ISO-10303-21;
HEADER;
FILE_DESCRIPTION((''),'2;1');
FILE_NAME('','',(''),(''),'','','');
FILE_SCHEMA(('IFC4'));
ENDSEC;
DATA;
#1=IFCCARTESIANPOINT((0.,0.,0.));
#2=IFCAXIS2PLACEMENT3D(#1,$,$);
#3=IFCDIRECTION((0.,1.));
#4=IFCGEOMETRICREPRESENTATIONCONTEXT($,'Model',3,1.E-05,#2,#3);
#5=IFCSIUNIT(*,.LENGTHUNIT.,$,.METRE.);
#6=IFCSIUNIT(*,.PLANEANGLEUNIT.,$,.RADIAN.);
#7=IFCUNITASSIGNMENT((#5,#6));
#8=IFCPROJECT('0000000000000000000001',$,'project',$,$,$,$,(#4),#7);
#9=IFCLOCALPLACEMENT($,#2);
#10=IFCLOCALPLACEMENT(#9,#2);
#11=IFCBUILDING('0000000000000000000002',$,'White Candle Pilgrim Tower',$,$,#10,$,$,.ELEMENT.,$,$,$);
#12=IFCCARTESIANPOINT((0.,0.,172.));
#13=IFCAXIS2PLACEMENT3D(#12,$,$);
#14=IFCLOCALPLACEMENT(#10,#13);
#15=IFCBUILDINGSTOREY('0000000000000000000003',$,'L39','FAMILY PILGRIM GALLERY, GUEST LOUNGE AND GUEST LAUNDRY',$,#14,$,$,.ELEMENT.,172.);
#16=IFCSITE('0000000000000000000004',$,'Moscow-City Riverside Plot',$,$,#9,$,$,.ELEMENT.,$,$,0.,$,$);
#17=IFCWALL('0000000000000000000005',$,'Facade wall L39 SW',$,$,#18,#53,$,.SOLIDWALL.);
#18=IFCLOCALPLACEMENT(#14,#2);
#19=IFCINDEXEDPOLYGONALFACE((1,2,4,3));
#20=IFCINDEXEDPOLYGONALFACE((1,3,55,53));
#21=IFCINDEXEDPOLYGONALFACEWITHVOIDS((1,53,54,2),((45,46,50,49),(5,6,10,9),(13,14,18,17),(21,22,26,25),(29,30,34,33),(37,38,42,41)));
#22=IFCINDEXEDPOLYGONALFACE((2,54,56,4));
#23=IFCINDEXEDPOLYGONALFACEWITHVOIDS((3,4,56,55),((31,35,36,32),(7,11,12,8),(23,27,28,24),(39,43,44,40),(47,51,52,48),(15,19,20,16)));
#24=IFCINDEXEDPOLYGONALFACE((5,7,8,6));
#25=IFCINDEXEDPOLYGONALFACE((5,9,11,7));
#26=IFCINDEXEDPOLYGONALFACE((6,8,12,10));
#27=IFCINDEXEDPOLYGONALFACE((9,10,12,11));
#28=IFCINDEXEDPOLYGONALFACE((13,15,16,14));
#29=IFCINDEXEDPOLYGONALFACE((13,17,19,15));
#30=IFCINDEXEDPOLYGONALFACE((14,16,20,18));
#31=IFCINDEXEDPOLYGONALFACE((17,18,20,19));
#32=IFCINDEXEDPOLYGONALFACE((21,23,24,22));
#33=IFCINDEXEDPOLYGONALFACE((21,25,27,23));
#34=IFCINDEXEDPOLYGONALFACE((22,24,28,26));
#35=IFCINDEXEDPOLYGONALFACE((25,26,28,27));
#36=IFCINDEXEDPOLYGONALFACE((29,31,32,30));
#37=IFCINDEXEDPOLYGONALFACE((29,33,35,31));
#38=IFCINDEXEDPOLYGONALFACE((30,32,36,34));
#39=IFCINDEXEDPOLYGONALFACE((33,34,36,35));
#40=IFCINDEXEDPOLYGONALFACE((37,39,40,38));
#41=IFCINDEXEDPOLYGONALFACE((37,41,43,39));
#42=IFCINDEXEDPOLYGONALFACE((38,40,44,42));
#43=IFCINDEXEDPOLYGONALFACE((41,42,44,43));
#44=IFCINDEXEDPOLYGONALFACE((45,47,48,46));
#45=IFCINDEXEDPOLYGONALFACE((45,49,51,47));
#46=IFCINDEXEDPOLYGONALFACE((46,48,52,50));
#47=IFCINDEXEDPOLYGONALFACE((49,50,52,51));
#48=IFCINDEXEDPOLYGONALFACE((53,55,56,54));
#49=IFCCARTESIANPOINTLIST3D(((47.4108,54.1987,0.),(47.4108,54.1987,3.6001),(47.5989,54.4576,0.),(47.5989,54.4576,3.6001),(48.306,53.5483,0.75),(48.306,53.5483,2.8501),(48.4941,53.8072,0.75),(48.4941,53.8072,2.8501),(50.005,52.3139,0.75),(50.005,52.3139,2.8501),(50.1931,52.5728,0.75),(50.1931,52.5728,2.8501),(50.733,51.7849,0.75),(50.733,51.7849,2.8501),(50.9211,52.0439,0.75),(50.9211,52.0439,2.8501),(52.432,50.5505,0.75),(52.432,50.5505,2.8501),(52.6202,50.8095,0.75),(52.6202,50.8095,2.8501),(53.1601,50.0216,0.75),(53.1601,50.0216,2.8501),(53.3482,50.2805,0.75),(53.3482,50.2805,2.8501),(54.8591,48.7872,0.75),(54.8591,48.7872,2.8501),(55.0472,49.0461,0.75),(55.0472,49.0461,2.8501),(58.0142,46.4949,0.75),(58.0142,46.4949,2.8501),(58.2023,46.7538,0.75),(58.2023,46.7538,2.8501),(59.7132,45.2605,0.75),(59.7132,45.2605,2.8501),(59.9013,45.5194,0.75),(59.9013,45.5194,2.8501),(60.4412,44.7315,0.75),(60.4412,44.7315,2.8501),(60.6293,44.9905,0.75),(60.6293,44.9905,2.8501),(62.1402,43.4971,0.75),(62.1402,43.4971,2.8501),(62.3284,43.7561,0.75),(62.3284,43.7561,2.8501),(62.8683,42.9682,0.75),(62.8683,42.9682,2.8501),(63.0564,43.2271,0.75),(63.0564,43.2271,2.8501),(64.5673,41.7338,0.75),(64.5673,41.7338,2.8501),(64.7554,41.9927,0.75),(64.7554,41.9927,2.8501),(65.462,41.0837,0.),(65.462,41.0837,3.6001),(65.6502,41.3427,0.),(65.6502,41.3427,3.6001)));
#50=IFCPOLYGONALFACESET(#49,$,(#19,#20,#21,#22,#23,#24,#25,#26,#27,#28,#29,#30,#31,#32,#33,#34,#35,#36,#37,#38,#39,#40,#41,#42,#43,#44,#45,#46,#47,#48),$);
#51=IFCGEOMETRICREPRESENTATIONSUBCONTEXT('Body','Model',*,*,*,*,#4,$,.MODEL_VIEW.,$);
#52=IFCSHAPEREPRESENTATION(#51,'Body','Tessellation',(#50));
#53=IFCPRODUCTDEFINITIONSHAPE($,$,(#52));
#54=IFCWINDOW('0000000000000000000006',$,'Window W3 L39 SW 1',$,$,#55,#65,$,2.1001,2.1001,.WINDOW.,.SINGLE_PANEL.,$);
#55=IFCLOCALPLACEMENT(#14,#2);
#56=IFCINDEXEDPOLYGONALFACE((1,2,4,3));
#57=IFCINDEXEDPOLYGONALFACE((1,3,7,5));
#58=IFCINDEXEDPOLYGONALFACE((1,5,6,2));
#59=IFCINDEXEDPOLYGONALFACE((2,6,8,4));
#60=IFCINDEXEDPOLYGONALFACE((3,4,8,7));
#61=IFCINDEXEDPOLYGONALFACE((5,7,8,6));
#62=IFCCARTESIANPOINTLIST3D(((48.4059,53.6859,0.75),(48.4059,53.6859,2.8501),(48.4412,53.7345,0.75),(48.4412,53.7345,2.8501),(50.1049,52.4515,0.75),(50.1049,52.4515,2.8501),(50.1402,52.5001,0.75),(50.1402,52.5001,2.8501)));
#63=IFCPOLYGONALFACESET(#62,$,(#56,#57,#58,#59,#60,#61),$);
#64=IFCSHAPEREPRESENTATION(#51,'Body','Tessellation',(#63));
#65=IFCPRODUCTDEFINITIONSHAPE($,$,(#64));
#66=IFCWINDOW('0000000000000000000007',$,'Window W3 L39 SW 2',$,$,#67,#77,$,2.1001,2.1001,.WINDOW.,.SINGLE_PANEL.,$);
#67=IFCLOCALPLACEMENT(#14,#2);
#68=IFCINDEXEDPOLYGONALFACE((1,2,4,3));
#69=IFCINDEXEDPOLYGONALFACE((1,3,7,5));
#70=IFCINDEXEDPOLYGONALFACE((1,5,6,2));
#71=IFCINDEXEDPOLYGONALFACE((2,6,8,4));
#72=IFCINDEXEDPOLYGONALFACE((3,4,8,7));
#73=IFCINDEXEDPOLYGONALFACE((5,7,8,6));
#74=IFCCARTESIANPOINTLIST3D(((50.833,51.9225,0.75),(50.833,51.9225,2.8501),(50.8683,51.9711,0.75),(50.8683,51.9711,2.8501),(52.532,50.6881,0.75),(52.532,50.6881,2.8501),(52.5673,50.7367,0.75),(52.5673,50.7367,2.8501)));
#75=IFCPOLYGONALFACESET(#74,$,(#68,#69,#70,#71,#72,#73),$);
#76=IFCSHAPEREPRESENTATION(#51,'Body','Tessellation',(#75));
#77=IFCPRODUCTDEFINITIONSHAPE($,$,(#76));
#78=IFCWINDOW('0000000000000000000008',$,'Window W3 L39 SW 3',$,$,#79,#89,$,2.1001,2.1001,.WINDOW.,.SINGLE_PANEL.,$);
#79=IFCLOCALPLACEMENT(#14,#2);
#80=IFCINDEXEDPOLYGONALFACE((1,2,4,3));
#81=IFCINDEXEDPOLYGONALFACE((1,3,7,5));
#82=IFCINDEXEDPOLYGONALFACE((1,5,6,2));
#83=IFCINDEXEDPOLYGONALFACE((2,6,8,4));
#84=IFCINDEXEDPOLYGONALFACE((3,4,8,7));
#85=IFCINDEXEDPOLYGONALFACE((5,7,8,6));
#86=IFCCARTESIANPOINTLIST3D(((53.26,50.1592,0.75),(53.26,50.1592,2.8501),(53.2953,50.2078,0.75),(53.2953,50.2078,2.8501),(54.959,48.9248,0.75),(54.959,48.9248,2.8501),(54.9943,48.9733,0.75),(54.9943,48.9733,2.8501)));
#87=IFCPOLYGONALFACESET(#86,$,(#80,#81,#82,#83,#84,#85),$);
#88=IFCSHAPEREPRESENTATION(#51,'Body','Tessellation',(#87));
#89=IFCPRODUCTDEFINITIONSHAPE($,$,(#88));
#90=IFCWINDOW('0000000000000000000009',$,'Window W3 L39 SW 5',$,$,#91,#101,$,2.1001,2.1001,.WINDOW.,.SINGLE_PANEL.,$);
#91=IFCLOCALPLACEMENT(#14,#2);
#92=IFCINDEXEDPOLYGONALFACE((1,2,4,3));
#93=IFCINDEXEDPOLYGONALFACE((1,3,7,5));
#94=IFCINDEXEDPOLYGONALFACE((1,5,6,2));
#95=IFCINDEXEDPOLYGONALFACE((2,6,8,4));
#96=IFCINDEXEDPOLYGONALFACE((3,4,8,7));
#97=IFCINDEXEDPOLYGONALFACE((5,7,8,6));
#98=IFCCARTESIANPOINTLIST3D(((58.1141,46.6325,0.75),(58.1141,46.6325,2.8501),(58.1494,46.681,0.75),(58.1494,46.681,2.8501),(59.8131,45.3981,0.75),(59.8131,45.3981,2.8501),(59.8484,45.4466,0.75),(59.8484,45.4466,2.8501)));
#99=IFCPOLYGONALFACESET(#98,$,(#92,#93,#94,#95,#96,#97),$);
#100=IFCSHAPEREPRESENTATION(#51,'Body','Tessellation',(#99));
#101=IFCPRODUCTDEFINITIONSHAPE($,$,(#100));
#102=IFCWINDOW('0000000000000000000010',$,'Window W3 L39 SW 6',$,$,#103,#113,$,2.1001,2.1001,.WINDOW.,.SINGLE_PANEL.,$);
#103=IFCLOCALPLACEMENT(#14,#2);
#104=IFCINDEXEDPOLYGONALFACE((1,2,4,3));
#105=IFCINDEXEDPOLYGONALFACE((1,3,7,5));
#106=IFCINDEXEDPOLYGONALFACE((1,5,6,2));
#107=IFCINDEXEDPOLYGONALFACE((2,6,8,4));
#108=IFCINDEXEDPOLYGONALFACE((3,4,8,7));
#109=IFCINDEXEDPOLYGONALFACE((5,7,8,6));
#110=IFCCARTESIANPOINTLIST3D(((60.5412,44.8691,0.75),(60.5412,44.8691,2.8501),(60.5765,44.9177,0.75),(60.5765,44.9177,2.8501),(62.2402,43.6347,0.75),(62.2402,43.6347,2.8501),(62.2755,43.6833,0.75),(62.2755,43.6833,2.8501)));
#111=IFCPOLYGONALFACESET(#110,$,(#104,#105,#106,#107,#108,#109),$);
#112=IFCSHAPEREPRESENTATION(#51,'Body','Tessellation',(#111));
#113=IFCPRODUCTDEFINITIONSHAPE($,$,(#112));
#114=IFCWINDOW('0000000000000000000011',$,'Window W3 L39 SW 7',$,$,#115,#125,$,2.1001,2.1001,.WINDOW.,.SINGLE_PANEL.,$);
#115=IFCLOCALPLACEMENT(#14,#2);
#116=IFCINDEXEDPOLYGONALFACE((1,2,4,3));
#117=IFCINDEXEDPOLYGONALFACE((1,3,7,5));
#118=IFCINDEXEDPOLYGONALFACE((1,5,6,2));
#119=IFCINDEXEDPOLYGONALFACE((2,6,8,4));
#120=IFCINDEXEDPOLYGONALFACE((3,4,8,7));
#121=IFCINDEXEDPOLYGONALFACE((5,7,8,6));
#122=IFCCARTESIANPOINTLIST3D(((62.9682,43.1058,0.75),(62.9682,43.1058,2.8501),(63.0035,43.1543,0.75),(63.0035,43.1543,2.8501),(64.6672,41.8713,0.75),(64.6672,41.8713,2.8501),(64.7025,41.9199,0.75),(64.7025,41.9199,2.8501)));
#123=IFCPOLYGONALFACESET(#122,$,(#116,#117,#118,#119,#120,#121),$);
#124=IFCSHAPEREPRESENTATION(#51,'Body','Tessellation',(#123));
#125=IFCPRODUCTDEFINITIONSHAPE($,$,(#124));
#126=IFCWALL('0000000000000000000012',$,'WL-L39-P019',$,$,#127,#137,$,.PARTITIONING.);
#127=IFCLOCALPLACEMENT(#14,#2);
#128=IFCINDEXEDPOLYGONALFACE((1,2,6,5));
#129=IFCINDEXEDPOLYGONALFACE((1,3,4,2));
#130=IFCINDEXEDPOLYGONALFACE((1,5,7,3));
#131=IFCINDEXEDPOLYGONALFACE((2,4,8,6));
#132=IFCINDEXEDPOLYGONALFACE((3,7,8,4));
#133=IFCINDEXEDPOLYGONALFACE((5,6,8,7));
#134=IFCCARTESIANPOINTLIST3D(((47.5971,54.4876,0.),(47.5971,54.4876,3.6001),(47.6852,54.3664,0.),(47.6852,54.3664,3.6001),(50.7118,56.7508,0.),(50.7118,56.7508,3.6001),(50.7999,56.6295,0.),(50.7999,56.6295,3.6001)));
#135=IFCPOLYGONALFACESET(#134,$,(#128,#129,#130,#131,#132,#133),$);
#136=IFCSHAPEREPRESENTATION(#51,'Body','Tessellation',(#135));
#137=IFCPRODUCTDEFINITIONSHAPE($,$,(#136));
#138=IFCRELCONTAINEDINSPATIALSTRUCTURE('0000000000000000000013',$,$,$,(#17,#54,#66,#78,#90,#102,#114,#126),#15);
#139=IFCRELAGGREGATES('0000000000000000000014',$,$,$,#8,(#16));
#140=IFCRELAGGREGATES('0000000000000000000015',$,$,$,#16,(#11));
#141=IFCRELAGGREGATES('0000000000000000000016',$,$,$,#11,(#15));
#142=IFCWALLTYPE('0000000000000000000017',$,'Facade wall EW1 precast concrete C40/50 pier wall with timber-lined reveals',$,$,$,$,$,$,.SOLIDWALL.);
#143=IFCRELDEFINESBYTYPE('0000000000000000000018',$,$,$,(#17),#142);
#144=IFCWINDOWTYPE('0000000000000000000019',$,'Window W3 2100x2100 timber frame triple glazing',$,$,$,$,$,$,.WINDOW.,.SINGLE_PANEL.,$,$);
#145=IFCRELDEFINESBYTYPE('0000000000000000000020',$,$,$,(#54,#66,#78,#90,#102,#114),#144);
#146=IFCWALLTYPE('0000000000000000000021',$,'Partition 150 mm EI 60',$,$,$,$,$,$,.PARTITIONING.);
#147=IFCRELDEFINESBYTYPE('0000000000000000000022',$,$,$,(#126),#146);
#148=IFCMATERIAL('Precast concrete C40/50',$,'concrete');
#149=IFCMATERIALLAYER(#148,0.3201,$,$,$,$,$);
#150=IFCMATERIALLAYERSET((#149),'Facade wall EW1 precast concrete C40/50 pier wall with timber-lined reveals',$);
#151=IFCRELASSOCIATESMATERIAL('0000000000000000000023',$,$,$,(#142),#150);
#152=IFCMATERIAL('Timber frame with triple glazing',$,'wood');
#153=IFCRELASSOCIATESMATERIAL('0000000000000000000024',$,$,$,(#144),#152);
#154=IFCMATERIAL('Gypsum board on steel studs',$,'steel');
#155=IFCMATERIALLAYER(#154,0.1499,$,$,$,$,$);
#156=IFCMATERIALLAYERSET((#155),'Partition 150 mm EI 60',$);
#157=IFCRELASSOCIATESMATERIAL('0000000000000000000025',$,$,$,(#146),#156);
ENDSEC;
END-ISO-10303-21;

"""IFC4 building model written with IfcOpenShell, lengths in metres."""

from ifc_helpers import new_model, si_unit, direction, frame, frame_2d, origin, place, context, subcontext, project, spatial, rectangle, extrude, material, layer, layer_set, type_object, element, fill, save


model = new_model("IFC4")

# Units and contexts
model_context = context("Model", 3, precision=1e-05, world=origin(), true_north=direction((0.0, 1.0)))
body_context = subcontext(model_context, "Body", "Model", "MODEL_VIEW")
ifc_project = project(units=[si_unit("LENGTHUNIT", "METRE"), si_unit("PLANEANGLEUNIT", "RADIAN")], contexts=[model_context])

# Site, building, storey
site_placement = place(None, origin())
site = spatial("IfcSite", under=ifc_project, at=site_placement, Name="Moscow-City Riverside Plot", CompositionType="ELEMENT", RefElevation=0.0)
building_placement = place(site_placement, origin())
building = spatial("IfcBuilding", under=site, at=building_placement, Name="White Candle Pilgrim Tower", CompositionType="ELEMENT")
storey_placement = place(building_placement, frame((0.0, 0.0, 172.0)))
storey = spatial("IfcBuildingStorey", under=building, at=storey_placement, Name="L39", Description="FAMILY PILGRIM GALLERY, GUEST LOUNGE AND GUEST LAUNDRY", CompositionType="ELEMENT", Elevation=172.0)

# Wall, openings, windows
ifc_material_1 = material(Name="Precast concrete C40/50", Category="concrete")
ifc_layer_1 = layer(ifc_material_1, 0.3201)
ifc_layer_set_1 = layer_set([ifc_layer_1], Name="Facade wall EW1 precast concrete C40/50 pier wall with timber-lined reveals")
wall_type_1 = type_object("IfcWallType", Name="Facade wall EW1 precast concrete C40/50 pier wall with timber-lined reveals", PredefinedType="SOLIDWALL", material=ifc_layer_set_1)
wall_1_placement = place(storey_placement, frame((47.5049, 54.3281, 0.0), z_axis=(0.0, 0.0, 1.0), x_axis=(0.809018, -0.587785, 0.0)))
wall_1 = element("IfcWall", 1, at=wall_1_placement, inside=storey, type_object=wall_type_1, Name="Facade wall L39 SW", PredefinedType="SOLIDWALL", context=body_context, shape_type="SweptSolid", body=[
    extrude(rectangle(XDim=22.3125, YDim=0.3201, at=frame_2d((11.1562, 0.0))), origin(), (0.0, 0.0, 1.0), 3.6001),
])
opening_1_placement = place(wall_1_placement, frame((1.1064, 0.0, 0.75)))
opening_1 = element("IfcOpeningElement", 2, at=opening_1_placement, cuts=wall_1, PredefinedType="OPENING", context=body_context, shape_type="SweptSolid", body=[
    extrude(rectangle(XDim=2.1001, YDim=2.1001, at=frame_2d((1.05, 1.05))), frame((0.0, 0.1699, 0.0), z_axis=(0.0, -1.0, 0.0), x_axis=(1.0, 0.0, 0.0)), (0.0, 0.0, 1.0), 0.3401),
])
opening_2_placement = place(wall_1_placement, frame((4.1064, 0.0, 0.75)))
opening_2 = element("IfcOpeningElement", 3, at=opening_2_placement, cuts=wall_1, PredefinedType="OPENING", context=body_context, shape_type="SweptSolid", body=[
    extrude(rectangle(XDim=2.1001, YDim=2.1001, at=frame_2d((1.05, 1.05))), frame((0.0, 0.1699, 0.0), z_axis=(0.0, -1.0, 0.0), x_axis=(1.0, 0.0, 0.0)), (0.0, 0.0, 1.0), 0.3401),
])
opening_3_placement = place(wall_1_placement, frame((7.1064, 0.0, 0.75)))
opening_3 = element("IfcOpeningElement", 4, at=opening_3_placement, cuts=wall_1, PredefinedType="OPENING", context=body_context, shape_type="SweptSolid", body=[
    extrude(rectangle(XDim=2.1001, YDim=2.1001, at=frame_2d((1.05, 1.05))), frame((0.0, 0.1699, 0.0), z_axis=(0.0, -1.0, 0.0), x_axis=(1.0, 0.0, 0.0)), (0.0, 0.0, 1.0), 0.3401),
])
opening_4_placement = place(wall_1_placement, frame((13.1064, 0.0, 0.75)))
opening_4 = element("IfcOpeningElement", 5, at=opening_4_placement, cuts=wall_1, PredefinedType="OPENING", context=body_context, shape_type="SweptSolid", body=[
    extrude(rectangle(XDim=2.1001, YDim=2.1001, at=frame_2d((1.05, 1.05))), frame((0.0, 0.1699, 0.0), z_axis=(0.0, -1.0, 0.0), x_axis=(1.0, 0.0, 0.0)), (0.0, 0.0, 1.0), 0.3401),
])
opening_5_placement = place(wall_1_placement, frame((16.1064, 0.0, 0.75)))
opening_5 = element("IfcOpeningElement", 6, at=opening_5_placement, cuts=wall_1, PredefinedType="OPENING", context=body_context, shape_type="SweptSolid", body=[
    extrude(rectangle(XDim=2.1001, YDim=2.1001, at=frame_2d((1.05, 1.05))), frame((0.0, 0.1699, 0.0), z_axis=(0.0, -1.0, 0.0), x_axis=(1.0, 0.0, 0.0)), (0.0, 0.0, 1.0), 0.3401),
])
opening_6_placement = place(wall_1_placement, frame((19.1064, 0.0, 0.75)))
opening_6 = element("IfcOpeningElement", 7, at=opening_6_placement, cuts=wall_1, PredefinedType="OPENING", context=body_context, shape_type="SweptSolid", body=[
    extrude(rectangle(XDim=2.1001, YDim=2.1001, at=frame_2d((1.05, 1.05))), frame((0.0, 0.1699, 0.0), z_axis=(0.0, -1.0, 0.0), x_axis=(1.0, 0.0, 0.0)), (0.0, 0.0, 1.0), 0.3401),
])
ifc_material_2 = material(Name="Timber frame with triple glazing", Category="wood")
window_type = type_object("IfcWindowType", Name="Window W3 2100x2100 timber frame triple glazing", PartitioningType="SINGLE_PANEL", PredefinedType="WINDOW", material=ifc_material_2)
window_1_placement = place(opening_1_placement, origin())
window_1 = element("IfcWindow", 8, at=window_1_placement, inside=storey, type_object=window_type, Name="Window W3 L39 SW 1", OverallHeight=2.1001, OverallWidth=2.1001, PartitioningType="SINGLE_PANEL", PredefinedType="WINDOW", context=body_context, shape_type="SweptSolid", body=[
    extrude(rectangle(XDim=2.1001, YDim=2.1001, at=frame_2d((1.05, 1.05))), frame((0.0, 0.0701, 0.0), z_axis=(0.0, -1.0, 0.0), x_axis=(1.0, 0.0, 0.0)), (0.0, 0.0, 1.0), 0.0601),
])
fill(opening_1, window_1)
window_2_placement = place(opening_2_placement, origin())
window_2 = element("IfcWindow", 9, at=window_2_placement, inside=storey, type_object=window_type, Name="Window W3 L39 SW 2", OverallHeight=2.1001, OverallWidth=2.1001, PartitioningType="SINGLE_PANEL", PredefinedType="WINDOW", context=body_context, shape_type="SweptSolid", body=[
    extrude(rectangle(XDim=2.1001, YDim=2.1001, at=frame_2d((1.05, 1.05))), frame((0.0, 0.0701, 0.0), z_axis=(0.0, -1.0, 0.0), x_axis=(1.0, 0.0, 0.0)), (0.0, 0.0, 1.0), 0.0601),
])
fill(opening_2, window_2)
window_3_placement = place(opening_3_placement, origin())
window_3 = element("IfcWindow", 10, at=window_3_placement, inside=storey, type_object=window_type, Name="Window W3 L39 SW 3", OverallHeight=2.1001, OverallWidth=2.1001, PartitioningType="SINGLE_PANEL", PredefinedType="WINDOW", context=body_context, shape_type="SweptSolid", body=[
    extrude(rectangle(XDim=2.1001, YDim=2.1001, at=frame_2d((1.05, 1.05))), frame((0.0, 0.0701, 0.0), z_axis=(0.0, -1.0, 0.0), x_axis=(1.0, 0.0, 0.0)), (0.0, 0.0, 1.0), 0.0601),
])
fill(opening_3, window_3)
window_4_placement = place(opening_4_placement, origin())
window_4 = element("IfcWindow", 11, at=window_4_placement, inside=storey, type_object=window_type, Name="Window W3 L39 SW 5", OverallHeight=2.1001, OverallWidth=2.1001, PartitioningType="SINGLE_PANEL", PredefinedType="WINDOW", context=body_context, shape_type="SweptSolid", body=[
    extrude(rectangle(XDim=2.1001, YDim=2.1001, at=frame_2d((1.05, 1.05))), frame((0.0, 0.0701, 0.0), z_axis=(0.0, -1.0, 0.0), x_axis=(1.0, 0.0, 0.0)), (0.0, 0.0, 1.0), 0.0601),
])
fill(opening_4, window_4)
window_5_placement = place(opening_5_placement, origin())
window_5 = element("IfcWindow", 12, at=window_5_placement, inside=storey, type_object=window_type, Name="Window W3 L39 SW 6", OverallHeight=2.1001, OverallWidth=2.1001, PartitioningType="SINGLE_PANEL", PredefinedType="WINDOW", context=body_context, shape_type="SweptSolid", body=[
    extrude(rectangle(XDim=2.1001, YDim=2.1001, at=frame_2d((1.05, 1.05))), frame((0.0, 0.0701, 0.0), z_axis=(0.0, -1.0, 0.0), x_axis=(1.0, 0.0, 0.0)), (0.0, 0.0, 1.0), 0.0601),
])
fill(opening_5, window_5)
window_6_placement = place(opening_6_placement, origin())
window_6 = element("IfcWindow", 13, at=window_6_placement, inside=storey, type_object=window_type, Name="Window W3 L39 SW 7", OverallHeight=2.1001, OverallWidth=2.1001, PartitioningType="SINGLE_PANEL", PredefinedType="WINDOW", context=body_context, shape_type="SweptSolid", body=[
    extrude(rectangle(XDim=2.1001, YDim=2.1001, at=frame_2d((1.05, 1.05))), frame((0.0, 0.0701, 0.0), z_axis=(0.0, -1.0, 0.0), x_axis=(1.0, 0.0, 0.0)), (0.0, 0.0, 1.0), 0.0601),
])
fill(opening_6, window_6)

# Wall
ifc_material_3 = material(Name="Gypsum board on steel studs", Category="steel")
ifc_layer_2 = layer(ifc_material_3, 0.1499)
ifc_layer_set_2 = layer_set([ifc_layer_2], Name="Partition 150 mm EI 60")
wall_type_2 = type_object("IfcWallType", Name="Partition 150 mm EI 60", PredefinedType="PARTITIONING", material=ifc_layer_set_2)
wall_2_placement = place(storey_placement, frame((47.6411, 54.427, 0.0), z_axis=(0.0, 0.0, 1.0), x_axis=(0.808994, 0.587817, 0.0)))
element("IfcWall", 14, at=wall_2_placement, inside=storey, type_object=wall_type_2, Name="WL-L39-P019", PredefinedType="PARTITIONING", context=body_context, shape_type="SweptSolid", body=[
    extrude(rectangle(XDim=3.8501, YDim=0.1499, at=frame_2d((1.925, 0.0))), origin(), (0.0, 0.0, 1.0), 3.6001),
])

save(model, "model.ifc")
